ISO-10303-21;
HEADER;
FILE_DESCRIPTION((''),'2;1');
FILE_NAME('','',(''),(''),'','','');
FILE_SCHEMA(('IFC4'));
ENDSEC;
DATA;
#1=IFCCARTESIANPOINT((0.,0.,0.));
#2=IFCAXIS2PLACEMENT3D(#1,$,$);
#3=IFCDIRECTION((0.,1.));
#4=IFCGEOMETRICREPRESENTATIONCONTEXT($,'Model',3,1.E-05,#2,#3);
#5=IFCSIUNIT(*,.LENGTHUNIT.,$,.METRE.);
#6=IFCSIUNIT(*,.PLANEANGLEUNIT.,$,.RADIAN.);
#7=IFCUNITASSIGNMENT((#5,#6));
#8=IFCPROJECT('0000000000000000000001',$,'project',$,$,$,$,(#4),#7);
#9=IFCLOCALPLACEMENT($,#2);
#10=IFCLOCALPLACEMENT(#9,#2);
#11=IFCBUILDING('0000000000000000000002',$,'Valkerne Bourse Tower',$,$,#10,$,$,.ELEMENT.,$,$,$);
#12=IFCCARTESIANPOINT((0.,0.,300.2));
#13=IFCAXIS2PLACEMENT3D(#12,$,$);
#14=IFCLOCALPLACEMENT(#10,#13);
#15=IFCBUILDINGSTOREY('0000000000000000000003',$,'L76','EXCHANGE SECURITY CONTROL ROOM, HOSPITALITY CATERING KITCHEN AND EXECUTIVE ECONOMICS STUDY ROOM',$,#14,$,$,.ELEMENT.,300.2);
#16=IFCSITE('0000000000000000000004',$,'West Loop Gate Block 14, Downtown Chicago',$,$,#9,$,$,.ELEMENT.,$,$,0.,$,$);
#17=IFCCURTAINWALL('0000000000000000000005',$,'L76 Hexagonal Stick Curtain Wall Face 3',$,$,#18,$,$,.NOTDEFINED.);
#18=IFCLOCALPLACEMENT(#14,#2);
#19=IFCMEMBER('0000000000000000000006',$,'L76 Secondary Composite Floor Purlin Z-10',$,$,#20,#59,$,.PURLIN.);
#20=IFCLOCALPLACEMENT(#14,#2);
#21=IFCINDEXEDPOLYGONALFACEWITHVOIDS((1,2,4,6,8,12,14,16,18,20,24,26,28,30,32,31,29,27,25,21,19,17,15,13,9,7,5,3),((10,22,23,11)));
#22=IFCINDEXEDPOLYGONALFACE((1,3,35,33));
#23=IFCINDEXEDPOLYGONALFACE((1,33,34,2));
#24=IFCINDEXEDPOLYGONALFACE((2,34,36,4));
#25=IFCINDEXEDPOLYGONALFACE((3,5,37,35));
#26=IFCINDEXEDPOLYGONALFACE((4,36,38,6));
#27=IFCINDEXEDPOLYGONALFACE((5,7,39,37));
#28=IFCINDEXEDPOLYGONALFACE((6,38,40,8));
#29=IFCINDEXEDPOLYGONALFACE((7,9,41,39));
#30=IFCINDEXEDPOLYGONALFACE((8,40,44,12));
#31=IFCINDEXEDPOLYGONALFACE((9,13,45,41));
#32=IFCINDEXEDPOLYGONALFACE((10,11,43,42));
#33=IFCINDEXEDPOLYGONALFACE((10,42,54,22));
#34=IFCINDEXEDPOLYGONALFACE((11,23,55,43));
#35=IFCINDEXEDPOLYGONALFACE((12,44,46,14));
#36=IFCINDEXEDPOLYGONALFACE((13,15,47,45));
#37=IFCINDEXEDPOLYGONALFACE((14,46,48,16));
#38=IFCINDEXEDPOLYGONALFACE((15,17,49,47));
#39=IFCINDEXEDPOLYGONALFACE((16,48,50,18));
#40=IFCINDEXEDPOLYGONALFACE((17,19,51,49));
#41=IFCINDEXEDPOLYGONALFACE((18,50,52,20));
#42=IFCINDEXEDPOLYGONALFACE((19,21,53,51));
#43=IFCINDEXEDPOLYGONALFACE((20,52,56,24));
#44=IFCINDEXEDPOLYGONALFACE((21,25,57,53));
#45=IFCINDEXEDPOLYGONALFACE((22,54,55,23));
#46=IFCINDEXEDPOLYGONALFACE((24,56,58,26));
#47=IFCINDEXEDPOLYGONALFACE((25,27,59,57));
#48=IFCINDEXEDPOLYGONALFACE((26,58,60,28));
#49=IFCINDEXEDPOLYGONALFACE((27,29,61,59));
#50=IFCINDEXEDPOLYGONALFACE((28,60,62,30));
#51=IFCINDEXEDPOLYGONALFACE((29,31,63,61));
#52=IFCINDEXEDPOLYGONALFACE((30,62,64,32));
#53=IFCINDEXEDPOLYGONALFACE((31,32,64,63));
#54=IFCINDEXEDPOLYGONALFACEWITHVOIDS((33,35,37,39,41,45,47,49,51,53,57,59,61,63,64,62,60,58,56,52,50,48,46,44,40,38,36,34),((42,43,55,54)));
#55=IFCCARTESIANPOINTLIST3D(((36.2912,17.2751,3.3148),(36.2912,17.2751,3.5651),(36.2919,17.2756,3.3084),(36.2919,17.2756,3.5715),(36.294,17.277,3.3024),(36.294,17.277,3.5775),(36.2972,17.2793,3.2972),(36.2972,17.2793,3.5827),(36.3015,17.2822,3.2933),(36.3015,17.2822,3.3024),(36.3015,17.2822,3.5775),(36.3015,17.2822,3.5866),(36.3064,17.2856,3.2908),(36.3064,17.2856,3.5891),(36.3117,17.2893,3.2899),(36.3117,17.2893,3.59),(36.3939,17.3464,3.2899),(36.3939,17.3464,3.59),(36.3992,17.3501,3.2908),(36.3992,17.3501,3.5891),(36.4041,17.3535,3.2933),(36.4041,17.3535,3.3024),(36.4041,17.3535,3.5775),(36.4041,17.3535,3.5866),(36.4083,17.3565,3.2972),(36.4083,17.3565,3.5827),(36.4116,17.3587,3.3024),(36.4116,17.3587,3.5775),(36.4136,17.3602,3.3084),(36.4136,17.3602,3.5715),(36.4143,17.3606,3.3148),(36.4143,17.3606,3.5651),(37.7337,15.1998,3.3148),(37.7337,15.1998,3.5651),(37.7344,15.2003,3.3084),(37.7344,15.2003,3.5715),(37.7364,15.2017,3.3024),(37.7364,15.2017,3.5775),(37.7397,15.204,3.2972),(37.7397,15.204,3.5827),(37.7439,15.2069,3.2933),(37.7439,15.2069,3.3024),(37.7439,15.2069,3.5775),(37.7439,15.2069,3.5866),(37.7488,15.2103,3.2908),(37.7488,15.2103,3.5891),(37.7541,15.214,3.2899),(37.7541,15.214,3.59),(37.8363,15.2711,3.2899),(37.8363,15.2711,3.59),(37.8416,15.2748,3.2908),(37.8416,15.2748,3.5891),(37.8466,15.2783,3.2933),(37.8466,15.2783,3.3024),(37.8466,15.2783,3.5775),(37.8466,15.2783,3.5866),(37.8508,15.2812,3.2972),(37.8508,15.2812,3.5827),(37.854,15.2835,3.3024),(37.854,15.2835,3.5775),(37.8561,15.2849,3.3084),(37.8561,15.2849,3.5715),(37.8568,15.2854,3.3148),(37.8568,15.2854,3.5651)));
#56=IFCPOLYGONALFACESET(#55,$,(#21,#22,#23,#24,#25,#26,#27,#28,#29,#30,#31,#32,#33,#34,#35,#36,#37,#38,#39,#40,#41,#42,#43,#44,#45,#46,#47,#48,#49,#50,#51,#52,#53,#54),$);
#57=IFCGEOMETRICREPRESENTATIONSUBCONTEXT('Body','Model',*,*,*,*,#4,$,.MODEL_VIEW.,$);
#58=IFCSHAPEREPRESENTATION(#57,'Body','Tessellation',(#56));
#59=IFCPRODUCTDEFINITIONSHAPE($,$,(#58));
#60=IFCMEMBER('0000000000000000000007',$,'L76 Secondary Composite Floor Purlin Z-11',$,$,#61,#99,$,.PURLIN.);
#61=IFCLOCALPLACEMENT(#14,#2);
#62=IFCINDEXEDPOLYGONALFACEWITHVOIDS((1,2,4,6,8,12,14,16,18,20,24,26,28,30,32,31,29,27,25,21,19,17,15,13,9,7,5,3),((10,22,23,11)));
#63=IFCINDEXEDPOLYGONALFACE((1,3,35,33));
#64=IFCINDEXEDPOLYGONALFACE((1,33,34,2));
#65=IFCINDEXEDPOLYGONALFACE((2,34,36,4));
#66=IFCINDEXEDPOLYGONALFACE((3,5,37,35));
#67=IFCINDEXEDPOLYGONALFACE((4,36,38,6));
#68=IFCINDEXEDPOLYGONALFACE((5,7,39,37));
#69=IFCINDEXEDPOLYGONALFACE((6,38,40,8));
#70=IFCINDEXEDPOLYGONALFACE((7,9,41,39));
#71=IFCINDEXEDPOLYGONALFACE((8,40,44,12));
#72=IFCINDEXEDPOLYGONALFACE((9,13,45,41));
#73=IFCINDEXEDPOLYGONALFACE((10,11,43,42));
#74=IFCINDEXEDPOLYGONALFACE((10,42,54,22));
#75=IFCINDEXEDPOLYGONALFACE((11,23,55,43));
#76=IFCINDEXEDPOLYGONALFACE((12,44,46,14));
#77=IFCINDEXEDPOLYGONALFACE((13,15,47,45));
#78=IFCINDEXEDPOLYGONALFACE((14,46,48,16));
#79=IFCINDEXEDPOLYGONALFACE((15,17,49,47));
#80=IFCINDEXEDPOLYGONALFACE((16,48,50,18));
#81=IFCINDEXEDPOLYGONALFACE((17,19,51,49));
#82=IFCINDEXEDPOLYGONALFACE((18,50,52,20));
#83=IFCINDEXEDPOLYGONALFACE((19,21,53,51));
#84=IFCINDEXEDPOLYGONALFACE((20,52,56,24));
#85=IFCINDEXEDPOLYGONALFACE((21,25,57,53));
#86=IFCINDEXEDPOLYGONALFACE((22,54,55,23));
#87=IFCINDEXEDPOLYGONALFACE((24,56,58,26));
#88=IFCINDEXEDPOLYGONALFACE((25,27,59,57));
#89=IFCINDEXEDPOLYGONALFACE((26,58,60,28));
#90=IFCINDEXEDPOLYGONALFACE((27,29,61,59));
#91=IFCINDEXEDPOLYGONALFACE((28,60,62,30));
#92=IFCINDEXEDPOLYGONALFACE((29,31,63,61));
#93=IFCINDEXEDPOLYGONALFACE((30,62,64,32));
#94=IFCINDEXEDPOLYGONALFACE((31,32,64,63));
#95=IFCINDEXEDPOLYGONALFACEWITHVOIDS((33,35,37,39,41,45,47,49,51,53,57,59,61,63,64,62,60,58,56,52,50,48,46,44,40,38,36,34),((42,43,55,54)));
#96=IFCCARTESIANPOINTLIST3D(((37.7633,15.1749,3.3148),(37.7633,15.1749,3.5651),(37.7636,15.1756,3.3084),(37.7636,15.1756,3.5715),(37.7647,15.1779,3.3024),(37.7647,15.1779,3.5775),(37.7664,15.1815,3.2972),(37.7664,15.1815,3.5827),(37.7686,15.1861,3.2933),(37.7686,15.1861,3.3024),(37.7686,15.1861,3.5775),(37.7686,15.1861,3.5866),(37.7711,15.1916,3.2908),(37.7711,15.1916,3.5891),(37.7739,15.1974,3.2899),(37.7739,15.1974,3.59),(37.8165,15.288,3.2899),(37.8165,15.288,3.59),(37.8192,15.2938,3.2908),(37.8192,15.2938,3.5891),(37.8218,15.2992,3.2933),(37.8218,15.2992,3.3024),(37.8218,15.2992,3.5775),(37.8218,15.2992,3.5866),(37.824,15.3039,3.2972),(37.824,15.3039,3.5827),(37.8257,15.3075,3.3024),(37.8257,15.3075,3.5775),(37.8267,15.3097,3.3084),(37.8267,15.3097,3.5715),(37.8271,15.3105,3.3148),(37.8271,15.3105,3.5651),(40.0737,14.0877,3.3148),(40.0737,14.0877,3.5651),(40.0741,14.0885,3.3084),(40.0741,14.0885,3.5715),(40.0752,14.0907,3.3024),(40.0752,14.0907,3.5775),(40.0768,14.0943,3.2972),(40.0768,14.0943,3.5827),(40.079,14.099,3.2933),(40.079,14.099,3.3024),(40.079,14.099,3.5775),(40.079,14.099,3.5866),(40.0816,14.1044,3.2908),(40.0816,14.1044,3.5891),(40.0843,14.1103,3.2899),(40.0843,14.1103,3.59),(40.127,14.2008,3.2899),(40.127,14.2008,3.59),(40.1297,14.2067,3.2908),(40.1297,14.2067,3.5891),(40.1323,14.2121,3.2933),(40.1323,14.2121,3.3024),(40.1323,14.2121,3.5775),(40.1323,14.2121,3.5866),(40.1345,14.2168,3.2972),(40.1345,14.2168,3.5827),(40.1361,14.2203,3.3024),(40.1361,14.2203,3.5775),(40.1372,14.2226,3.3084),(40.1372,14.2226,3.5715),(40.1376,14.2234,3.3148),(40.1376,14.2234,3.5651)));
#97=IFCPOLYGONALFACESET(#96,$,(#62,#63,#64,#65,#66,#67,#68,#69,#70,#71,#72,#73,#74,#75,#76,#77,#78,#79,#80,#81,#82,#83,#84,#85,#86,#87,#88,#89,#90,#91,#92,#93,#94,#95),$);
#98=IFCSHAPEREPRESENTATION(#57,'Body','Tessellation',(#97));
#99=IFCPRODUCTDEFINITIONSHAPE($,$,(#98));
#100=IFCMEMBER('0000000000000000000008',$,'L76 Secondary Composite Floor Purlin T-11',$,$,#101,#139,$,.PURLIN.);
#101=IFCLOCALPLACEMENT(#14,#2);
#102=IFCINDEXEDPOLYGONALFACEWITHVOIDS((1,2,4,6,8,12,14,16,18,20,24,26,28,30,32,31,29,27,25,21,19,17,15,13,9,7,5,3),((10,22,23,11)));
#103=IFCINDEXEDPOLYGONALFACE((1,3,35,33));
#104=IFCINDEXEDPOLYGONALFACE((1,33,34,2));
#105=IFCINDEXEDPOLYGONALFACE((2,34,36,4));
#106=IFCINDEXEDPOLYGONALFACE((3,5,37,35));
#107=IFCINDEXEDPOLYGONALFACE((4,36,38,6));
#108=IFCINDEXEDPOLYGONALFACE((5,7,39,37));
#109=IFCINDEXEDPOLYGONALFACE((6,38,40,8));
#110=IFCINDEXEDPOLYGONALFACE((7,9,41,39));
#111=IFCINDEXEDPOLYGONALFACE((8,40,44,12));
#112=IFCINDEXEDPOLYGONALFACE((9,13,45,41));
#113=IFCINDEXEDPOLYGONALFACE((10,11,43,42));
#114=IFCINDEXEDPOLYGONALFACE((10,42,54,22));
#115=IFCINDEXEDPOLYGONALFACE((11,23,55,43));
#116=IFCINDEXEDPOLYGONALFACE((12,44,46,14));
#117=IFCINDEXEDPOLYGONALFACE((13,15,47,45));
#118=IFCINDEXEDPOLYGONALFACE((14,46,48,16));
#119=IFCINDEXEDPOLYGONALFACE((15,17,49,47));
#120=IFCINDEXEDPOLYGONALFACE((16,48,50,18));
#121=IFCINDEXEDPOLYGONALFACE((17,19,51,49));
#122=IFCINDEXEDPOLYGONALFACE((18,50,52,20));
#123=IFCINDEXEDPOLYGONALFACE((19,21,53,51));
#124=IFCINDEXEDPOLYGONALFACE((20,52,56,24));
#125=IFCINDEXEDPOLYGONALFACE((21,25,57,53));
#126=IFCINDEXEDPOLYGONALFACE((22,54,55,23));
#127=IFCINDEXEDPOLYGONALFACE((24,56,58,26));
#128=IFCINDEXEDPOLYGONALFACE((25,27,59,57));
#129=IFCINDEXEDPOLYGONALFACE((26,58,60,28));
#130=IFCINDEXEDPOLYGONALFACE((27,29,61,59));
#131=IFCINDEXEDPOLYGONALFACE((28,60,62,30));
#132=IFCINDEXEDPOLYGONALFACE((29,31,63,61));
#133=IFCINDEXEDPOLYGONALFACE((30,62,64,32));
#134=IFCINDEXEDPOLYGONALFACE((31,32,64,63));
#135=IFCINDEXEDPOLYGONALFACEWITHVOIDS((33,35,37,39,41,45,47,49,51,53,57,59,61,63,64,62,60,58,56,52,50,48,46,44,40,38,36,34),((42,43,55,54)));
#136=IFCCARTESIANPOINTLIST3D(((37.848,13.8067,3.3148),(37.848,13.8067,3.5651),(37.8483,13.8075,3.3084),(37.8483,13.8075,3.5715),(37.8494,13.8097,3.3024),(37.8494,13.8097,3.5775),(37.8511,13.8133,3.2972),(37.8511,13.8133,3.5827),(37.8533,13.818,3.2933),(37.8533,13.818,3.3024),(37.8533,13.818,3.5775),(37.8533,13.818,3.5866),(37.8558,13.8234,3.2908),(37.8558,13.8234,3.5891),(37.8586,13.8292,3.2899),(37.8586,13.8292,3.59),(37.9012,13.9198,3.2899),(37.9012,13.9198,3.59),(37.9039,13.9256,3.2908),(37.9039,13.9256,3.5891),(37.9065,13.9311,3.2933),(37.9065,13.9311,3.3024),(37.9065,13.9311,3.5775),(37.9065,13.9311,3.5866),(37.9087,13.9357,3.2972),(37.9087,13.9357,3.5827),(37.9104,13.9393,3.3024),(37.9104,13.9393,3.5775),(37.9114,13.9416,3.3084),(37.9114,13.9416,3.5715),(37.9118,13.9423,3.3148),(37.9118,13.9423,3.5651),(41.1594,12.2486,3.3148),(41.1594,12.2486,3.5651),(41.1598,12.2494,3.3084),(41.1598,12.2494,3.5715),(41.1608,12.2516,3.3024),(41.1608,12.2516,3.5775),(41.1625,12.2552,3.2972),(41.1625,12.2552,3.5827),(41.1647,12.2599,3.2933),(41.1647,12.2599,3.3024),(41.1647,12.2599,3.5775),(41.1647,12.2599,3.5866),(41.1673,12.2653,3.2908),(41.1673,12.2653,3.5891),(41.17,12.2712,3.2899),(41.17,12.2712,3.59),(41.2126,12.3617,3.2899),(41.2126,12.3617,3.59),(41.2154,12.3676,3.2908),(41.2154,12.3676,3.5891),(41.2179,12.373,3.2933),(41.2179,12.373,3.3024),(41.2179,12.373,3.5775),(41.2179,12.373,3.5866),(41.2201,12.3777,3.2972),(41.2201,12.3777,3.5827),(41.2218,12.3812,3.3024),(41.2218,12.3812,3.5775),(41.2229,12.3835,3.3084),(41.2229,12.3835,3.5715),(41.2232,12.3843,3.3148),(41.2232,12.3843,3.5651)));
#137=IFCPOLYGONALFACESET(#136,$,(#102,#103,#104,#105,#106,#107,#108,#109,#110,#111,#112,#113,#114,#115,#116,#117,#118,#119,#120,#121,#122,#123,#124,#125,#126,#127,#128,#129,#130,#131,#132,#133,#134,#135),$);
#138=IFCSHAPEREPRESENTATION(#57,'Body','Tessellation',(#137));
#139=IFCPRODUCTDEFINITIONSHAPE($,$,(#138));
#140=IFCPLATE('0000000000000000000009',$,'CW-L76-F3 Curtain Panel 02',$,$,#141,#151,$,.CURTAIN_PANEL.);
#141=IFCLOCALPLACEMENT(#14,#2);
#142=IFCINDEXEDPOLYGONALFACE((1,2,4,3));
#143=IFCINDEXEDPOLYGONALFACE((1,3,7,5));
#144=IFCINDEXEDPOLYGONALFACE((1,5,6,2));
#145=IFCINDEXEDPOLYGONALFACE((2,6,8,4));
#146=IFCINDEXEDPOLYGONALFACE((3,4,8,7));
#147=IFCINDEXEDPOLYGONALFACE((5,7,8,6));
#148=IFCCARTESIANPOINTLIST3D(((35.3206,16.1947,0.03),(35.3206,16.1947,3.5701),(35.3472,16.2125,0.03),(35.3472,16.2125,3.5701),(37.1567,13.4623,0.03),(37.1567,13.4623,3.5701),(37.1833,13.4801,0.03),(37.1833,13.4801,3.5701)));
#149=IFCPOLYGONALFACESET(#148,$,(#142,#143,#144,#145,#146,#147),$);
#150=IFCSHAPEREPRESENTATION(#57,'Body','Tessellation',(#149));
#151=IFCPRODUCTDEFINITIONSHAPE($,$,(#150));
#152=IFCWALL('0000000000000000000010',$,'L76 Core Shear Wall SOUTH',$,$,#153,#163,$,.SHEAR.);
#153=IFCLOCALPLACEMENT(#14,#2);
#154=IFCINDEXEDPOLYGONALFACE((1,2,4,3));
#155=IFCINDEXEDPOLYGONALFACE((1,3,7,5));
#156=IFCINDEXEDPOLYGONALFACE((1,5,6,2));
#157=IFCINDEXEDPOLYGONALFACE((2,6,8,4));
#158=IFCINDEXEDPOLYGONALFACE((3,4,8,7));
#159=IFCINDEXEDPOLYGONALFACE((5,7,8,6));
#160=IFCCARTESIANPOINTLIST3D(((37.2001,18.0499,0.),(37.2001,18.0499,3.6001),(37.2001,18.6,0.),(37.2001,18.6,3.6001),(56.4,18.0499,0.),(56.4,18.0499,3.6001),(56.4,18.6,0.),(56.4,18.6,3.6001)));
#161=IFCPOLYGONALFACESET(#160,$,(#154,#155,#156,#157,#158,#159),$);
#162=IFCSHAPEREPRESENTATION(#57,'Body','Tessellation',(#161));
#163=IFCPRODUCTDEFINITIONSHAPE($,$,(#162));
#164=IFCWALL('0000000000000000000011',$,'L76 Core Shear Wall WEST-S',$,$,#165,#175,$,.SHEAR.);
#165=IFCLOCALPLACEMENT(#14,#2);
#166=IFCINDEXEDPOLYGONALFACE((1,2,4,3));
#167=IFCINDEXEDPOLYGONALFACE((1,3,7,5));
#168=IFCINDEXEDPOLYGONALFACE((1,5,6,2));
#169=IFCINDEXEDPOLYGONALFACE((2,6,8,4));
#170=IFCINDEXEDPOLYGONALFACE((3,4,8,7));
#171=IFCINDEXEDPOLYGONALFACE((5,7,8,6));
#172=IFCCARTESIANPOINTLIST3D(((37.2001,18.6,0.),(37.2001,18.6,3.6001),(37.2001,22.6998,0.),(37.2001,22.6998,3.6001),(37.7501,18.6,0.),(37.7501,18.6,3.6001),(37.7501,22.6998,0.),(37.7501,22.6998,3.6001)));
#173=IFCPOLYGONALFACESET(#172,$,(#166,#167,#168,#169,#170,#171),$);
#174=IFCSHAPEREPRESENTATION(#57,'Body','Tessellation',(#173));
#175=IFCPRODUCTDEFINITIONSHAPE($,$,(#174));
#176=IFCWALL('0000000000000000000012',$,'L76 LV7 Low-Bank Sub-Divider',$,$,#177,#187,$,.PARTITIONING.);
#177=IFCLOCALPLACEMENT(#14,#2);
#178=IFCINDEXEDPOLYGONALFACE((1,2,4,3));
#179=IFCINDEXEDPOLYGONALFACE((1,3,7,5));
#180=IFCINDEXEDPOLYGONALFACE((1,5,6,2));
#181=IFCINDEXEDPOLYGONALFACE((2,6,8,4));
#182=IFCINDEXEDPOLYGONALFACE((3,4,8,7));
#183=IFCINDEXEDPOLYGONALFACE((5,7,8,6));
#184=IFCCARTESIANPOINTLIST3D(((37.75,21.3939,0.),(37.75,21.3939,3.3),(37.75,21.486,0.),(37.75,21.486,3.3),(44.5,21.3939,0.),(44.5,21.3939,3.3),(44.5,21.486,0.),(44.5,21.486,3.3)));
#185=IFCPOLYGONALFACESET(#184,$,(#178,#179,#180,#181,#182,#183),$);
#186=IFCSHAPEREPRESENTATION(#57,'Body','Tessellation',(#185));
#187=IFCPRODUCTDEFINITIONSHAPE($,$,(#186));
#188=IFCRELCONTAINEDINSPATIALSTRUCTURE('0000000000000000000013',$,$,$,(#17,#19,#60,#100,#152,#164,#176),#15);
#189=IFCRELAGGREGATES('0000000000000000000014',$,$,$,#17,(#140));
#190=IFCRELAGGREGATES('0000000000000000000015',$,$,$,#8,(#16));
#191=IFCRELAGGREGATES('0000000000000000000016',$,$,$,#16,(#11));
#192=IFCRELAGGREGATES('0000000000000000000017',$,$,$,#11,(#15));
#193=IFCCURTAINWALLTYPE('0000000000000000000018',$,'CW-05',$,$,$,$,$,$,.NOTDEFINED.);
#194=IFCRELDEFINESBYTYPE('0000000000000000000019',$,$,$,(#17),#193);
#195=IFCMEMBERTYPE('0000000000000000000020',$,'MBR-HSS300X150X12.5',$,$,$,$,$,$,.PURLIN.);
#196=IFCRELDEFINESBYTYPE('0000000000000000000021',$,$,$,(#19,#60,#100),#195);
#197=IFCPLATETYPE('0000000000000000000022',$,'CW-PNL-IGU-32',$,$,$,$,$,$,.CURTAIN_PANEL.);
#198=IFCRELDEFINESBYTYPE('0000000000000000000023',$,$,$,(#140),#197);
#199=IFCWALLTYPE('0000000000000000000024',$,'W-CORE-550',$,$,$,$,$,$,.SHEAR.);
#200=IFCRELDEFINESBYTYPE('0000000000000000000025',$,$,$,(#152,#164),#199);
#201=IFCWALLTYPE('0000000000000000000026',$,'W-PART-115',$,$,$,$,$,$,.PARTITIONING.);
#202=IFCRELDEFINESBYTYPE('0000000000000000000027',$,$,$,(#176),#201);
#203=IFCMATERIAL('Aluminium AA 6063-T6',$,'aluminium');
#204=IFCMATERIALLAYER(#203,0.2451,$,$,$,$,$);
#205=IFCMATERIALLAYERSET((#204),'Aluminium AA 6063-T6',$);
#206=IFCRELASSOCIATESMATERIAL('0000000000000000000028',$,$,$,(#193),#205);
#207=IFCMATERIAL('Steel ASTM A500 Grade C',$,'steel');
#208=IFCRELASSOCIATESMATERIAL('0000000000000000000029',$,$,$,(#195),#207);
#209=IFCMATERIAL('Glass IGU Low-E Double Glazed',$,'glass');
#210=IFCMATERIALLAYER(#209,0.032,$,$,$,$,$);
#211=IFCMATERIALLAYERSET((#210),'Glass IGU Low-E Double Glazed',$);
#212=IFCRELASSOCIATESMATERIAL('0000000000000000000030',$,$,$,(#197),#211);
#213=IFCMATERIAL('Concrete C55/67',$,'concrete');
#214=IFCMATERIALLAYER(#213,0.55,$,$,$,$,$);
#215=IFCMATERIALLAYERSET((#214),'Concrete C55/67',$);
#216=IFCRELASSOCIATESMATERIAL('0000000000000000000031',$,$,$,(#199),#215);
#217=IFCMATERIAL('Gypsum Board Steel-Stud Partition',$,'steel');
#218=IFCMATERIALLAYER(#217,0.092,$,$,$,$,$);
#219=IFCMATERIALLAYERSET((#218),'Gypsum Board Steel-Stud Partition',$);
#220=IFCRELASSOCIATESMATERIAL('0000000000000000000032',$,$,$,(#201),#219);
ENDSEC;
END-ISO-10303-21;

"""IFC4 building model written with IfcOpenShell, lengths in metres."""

from ifc_helpers import new_model, si_unit, direction, frame, frame_2d, origin, origin_2d, place, context, subcontext, project, spatial, rectangle, hollow_rectangle, extrude, material, layer, layer_set, material_profile, profile_set, type_object, element, aggregate, save


model = new_model("IFC4")

# Units and contexts
model_context = context("Model", 3, precision=1e-05, world=origin(), true_north=direction((0.0, 1.0)))
body_context = subcontext(model_context, "Body", "Model", "MODEL_VIEW")
ifc_project = project(units=[si_unit("LENGTHUNIT", "METRE"), si_unit("PLANEANGLEUNIT", "RADIAN")], contexts=[model_context])

# Site, building, storey
site_placement = place(None, origin())
site = spatial("IfcSite", under=ifc_project, at=site_placement, Name="West Loop Gate Block 14, Downtown Chicago", CompositionType="ELEMENT", RefElevation=0.0)
building_placement = place(site_placement, origin())
building = spatial("IfcBuilding", under=site, at=building_placement, Name="Valkerne Bourse Tower", CompositionType="ELEMENT")
storey_placement = place(building_placement, frame((0.0, 0.0, 300.2)))
storey = spatial("IfcBuildingStorey", under=building, at=storey_placement, Name="L76", Description="EXCHANGE SECURITY CONTROL ROOM, HOSPITALITY CATERING KITCHEN AND EXECUTIVE ECONOMICS STUDY ROOM", CompositionType="ELEMENT", Elevation=300.2)

# Curtain wall
ifc_material_1 = material(Name="Aluminium AA 6063-T6", Category="aluminium")
ifc_layer_1 = layer(ifc_material_1, 0.2451)
ifc_layer_set_1 = layer_set([ifc_layer_1], Name="Aluminium AA 6063-T6")
curtain_wall_type = type_object("IfcCurtainWallType", Name="CW-05", PredefinedType="NOTDEFINED", material=ifc_layer_set_1)
curtain_wall_1_placement = place(storey_placement, origin())
curtain_wall_1 = element("IfcCurtainWall", 1, at=curtain_wall_1_placement, inside=storey, type_object=curtain_wall_type, Name="L76 Hexagonal Stick Curtain Wall Face 3", PredefinedType="NOTDEFINED")

# Members
ifc_material_2 = material(Name="Steel ASTM A500 Grade C", Category="steel")
ifc_material_profile_1 = material_profile(ifc_material_2, hollow_rectangle(XDim=0.1499, YDim=0.3, WallThickness=0.0125, OuterFilletRadius=0.0249, at=origin_2d()), Name="HSS300X150X12.5")
ifc_profile_set_1 = profile_set([ifc_material_profile_1], Name="Steel ASTM A500 Grade C")
member_type_1 = type_object("IfcMemberType", Name="MBR-HSS300X150X12.5", PredefinedType="PURLIN", material=ifc_profile_set_1)
member_1_placement = place(storey_placement, frame((36.3528, 17.3179, 3.4399), z_axis=(0.570736, -0.821134, 0.0), x_axis=(0.821134, 0.570736, 0.0)))
element("IfcMember", 2, at=member_1_placement, inside=storey, type_object=member_type_1, Name="L76 Secondary Composite Floor Purlin Z-10", PredefinedType="PURLIN", context=body_context, shape_type="SweptSolid", body=[
    extrude(hollow_rectangle(XDim=0.1499, YDim=0.3, WallThickness=0.0125, OuterFilletRadius=0.0249, at=origin_2d()), origin(), (0.0, 0.0, 1.0), 2.5273),
])
member_2_placement = place(storey_placement, frame((37.7952, 15.2427, 3.4399), z_axis=(0.904843, -0.425746, 0.0), x_axis=(0.425746, 0.904843, 0.0)))
element("IfcMember", 3, at=member_2_placement, inside=storey, type_object=member_type_1, Name="L76 Secondary Composite Floor Purlin Z-11", PredefinedType="PURLIN", context=body_context, shape_type="SweptSolid", body=[
    extrude(hollow_rectangle(XDim=0.1499, YDim=0.3, WallThickness=0.0125, OuterFilletRadius=0.0249, at=origin_2d()), origin(), (0.0, 0.0, 1.0), 2.5535),
])
member_3_placement = place(storey_placement, frame((37.8799, 13.8745, 3.4399), z_axis=(0.904846, -0.425739, 0.0), x_axis=(0.425739, 0.904846, 0.0)))
element("IfcMember", 4, at=member_3_placement, inside=storey, type_object=member_type_1, Name="L76 Secondary Composite Floor Purlin T-11", PredefinedType="PURLIN", context=body_context, shape_type="SweptSolid", body=[
    extrude(hollow_rectangle(XDim=0.1499, YDim=0.3, WallThickness=0.0125, OuterFilletRadius=0.0249, at=origin_2d()), origin(), (0.0, 0.0, 1.0), 3.6597),
])

# Plate
ifc_material_3 = material(Name="Glass IGU Low-E Double Glazed", Category="glass")
ifc_layer_2 = layer(ifc_material_3, 0.032)
ifc_layer_set_2 = layer_set([ifc_layer_2], Name="Glass IGU Low-E Double Glazed")
plate_type = type_object("IfcPlateType", Name="CW-PNL-IGU-32", PredefinedType="CURTAIN_PANEL", material=ifc_layer_set_2)
plate_placement = place(storey_placement, frame((36.252, 14.8374, 0.03), z_axis=(0.0, 0.0, 1.0), x_axis=(0.557743, -0.830014, 0.0)))
plate = element("IfcPlate", 5, at=plate_placement, type_object=plate_type, Name="CW-L76-F3 Curtain Panel 02", PredefinedType="CURTAIN_PANEL", context=body_context, shape_type="SweptSolid", body=[
    extrude(rectangle(XDim=3.292, YDim=0.032, at=origin_2d()), origin(), (0.0, 0.0, 1.0), 3.54),
])
aggregate(curtain_wall_1, [plate])

# Walls
ifc_material_4 = material(Name="Concrete C55/67", Category="concrete")
ifc_layer_3 = layer(ifc_material_4, 0.55)
ifc_layer_set_3 = layer_set([ifc_layer_3], Name="Concrete C55/67")
wall_type_1 = type_object("IfcWallType", Name="W-CORE-550", PredefinedType="SHEAR", material=ifc_layer_set_3)
wall_1_placement = place(storey_placement, frame((37.2, 18.325, 0.0), z_axis=(0.0, 0.0, 1.0), x_axis=(1.0, 0.0, 0.0)))
element("IfcWall", 6, at=wall_1_placement, inside=storey, type_object=wall_type_1, Name="L76 Core Shear Wall SOUTH", PredefinedType="SHEAR", context=body_context, shape_type="SweptSolid", body=[
    extrude(rectangle(XDim=19.2, YDim=0.55, at=frame_2d((9.6001, 0.0))), origin(), (0.0, 0.0, 1.0), 3.6001),
])
wall_2_placement = place(storey_placement, frame((37.4751, 18.6001, 0.0), z_axis=(0.0, 0.0, 1.0), x_axis=(0.0, 1.0, 0.0)))
element("IfcWall", 7, at=wall_2_placement, inside=storey, type_object=wall_type_1, Name="L76 Core Shear Wall WEST-S", PredefinedType="SHEAR", context=body_context, shape_type="SweptSolid", body=[
    extrude(rectangle(XDim=4.0999, YDim=0.55, at=frame_2d((2.0498, 0.0))), origin(), (0.0, 0.0, 1.0), 3.6001),
])
ifc_material_5 = material(Name="Gypsum Board Steel-Stud Partition", Category="steel")
ifc_layer_4 = layer(ifc_material_5, 0.092)
ifc_layer_set_4 = layer_set([ifc_layer_4], Name="Gypsum Board Steel-Stud Partition")
wall_type_2 = type_object("IfcWallType", Name="W-PART-115", PredefinedType="PARTITIONING", material=ifc_layer_set_4)
wall_3_placement = place(storey_placement, frame((37.75, 21.4399, 0.0), z_axis=(0.0, 0.0, 1.0), x_axis=(1.0, 0.0, 0.0)))
element("IfcWall", 8, at=wall_3_placement, inside=storey, type_object=wall_type_2, Name="L76 LV7 Low-Bank Sub-Divider", PredefinedType="PARTITIONING", context=body_context, shape_type="SweptSolid", body=[
    extrude(rectangle(XDim=6.75, YDim=0.092, at=frame_2d((3.375, 0.0))), origin(), (0.0, 0.0, 1.0), 3.3),
])

save(model, "model.ifc")
